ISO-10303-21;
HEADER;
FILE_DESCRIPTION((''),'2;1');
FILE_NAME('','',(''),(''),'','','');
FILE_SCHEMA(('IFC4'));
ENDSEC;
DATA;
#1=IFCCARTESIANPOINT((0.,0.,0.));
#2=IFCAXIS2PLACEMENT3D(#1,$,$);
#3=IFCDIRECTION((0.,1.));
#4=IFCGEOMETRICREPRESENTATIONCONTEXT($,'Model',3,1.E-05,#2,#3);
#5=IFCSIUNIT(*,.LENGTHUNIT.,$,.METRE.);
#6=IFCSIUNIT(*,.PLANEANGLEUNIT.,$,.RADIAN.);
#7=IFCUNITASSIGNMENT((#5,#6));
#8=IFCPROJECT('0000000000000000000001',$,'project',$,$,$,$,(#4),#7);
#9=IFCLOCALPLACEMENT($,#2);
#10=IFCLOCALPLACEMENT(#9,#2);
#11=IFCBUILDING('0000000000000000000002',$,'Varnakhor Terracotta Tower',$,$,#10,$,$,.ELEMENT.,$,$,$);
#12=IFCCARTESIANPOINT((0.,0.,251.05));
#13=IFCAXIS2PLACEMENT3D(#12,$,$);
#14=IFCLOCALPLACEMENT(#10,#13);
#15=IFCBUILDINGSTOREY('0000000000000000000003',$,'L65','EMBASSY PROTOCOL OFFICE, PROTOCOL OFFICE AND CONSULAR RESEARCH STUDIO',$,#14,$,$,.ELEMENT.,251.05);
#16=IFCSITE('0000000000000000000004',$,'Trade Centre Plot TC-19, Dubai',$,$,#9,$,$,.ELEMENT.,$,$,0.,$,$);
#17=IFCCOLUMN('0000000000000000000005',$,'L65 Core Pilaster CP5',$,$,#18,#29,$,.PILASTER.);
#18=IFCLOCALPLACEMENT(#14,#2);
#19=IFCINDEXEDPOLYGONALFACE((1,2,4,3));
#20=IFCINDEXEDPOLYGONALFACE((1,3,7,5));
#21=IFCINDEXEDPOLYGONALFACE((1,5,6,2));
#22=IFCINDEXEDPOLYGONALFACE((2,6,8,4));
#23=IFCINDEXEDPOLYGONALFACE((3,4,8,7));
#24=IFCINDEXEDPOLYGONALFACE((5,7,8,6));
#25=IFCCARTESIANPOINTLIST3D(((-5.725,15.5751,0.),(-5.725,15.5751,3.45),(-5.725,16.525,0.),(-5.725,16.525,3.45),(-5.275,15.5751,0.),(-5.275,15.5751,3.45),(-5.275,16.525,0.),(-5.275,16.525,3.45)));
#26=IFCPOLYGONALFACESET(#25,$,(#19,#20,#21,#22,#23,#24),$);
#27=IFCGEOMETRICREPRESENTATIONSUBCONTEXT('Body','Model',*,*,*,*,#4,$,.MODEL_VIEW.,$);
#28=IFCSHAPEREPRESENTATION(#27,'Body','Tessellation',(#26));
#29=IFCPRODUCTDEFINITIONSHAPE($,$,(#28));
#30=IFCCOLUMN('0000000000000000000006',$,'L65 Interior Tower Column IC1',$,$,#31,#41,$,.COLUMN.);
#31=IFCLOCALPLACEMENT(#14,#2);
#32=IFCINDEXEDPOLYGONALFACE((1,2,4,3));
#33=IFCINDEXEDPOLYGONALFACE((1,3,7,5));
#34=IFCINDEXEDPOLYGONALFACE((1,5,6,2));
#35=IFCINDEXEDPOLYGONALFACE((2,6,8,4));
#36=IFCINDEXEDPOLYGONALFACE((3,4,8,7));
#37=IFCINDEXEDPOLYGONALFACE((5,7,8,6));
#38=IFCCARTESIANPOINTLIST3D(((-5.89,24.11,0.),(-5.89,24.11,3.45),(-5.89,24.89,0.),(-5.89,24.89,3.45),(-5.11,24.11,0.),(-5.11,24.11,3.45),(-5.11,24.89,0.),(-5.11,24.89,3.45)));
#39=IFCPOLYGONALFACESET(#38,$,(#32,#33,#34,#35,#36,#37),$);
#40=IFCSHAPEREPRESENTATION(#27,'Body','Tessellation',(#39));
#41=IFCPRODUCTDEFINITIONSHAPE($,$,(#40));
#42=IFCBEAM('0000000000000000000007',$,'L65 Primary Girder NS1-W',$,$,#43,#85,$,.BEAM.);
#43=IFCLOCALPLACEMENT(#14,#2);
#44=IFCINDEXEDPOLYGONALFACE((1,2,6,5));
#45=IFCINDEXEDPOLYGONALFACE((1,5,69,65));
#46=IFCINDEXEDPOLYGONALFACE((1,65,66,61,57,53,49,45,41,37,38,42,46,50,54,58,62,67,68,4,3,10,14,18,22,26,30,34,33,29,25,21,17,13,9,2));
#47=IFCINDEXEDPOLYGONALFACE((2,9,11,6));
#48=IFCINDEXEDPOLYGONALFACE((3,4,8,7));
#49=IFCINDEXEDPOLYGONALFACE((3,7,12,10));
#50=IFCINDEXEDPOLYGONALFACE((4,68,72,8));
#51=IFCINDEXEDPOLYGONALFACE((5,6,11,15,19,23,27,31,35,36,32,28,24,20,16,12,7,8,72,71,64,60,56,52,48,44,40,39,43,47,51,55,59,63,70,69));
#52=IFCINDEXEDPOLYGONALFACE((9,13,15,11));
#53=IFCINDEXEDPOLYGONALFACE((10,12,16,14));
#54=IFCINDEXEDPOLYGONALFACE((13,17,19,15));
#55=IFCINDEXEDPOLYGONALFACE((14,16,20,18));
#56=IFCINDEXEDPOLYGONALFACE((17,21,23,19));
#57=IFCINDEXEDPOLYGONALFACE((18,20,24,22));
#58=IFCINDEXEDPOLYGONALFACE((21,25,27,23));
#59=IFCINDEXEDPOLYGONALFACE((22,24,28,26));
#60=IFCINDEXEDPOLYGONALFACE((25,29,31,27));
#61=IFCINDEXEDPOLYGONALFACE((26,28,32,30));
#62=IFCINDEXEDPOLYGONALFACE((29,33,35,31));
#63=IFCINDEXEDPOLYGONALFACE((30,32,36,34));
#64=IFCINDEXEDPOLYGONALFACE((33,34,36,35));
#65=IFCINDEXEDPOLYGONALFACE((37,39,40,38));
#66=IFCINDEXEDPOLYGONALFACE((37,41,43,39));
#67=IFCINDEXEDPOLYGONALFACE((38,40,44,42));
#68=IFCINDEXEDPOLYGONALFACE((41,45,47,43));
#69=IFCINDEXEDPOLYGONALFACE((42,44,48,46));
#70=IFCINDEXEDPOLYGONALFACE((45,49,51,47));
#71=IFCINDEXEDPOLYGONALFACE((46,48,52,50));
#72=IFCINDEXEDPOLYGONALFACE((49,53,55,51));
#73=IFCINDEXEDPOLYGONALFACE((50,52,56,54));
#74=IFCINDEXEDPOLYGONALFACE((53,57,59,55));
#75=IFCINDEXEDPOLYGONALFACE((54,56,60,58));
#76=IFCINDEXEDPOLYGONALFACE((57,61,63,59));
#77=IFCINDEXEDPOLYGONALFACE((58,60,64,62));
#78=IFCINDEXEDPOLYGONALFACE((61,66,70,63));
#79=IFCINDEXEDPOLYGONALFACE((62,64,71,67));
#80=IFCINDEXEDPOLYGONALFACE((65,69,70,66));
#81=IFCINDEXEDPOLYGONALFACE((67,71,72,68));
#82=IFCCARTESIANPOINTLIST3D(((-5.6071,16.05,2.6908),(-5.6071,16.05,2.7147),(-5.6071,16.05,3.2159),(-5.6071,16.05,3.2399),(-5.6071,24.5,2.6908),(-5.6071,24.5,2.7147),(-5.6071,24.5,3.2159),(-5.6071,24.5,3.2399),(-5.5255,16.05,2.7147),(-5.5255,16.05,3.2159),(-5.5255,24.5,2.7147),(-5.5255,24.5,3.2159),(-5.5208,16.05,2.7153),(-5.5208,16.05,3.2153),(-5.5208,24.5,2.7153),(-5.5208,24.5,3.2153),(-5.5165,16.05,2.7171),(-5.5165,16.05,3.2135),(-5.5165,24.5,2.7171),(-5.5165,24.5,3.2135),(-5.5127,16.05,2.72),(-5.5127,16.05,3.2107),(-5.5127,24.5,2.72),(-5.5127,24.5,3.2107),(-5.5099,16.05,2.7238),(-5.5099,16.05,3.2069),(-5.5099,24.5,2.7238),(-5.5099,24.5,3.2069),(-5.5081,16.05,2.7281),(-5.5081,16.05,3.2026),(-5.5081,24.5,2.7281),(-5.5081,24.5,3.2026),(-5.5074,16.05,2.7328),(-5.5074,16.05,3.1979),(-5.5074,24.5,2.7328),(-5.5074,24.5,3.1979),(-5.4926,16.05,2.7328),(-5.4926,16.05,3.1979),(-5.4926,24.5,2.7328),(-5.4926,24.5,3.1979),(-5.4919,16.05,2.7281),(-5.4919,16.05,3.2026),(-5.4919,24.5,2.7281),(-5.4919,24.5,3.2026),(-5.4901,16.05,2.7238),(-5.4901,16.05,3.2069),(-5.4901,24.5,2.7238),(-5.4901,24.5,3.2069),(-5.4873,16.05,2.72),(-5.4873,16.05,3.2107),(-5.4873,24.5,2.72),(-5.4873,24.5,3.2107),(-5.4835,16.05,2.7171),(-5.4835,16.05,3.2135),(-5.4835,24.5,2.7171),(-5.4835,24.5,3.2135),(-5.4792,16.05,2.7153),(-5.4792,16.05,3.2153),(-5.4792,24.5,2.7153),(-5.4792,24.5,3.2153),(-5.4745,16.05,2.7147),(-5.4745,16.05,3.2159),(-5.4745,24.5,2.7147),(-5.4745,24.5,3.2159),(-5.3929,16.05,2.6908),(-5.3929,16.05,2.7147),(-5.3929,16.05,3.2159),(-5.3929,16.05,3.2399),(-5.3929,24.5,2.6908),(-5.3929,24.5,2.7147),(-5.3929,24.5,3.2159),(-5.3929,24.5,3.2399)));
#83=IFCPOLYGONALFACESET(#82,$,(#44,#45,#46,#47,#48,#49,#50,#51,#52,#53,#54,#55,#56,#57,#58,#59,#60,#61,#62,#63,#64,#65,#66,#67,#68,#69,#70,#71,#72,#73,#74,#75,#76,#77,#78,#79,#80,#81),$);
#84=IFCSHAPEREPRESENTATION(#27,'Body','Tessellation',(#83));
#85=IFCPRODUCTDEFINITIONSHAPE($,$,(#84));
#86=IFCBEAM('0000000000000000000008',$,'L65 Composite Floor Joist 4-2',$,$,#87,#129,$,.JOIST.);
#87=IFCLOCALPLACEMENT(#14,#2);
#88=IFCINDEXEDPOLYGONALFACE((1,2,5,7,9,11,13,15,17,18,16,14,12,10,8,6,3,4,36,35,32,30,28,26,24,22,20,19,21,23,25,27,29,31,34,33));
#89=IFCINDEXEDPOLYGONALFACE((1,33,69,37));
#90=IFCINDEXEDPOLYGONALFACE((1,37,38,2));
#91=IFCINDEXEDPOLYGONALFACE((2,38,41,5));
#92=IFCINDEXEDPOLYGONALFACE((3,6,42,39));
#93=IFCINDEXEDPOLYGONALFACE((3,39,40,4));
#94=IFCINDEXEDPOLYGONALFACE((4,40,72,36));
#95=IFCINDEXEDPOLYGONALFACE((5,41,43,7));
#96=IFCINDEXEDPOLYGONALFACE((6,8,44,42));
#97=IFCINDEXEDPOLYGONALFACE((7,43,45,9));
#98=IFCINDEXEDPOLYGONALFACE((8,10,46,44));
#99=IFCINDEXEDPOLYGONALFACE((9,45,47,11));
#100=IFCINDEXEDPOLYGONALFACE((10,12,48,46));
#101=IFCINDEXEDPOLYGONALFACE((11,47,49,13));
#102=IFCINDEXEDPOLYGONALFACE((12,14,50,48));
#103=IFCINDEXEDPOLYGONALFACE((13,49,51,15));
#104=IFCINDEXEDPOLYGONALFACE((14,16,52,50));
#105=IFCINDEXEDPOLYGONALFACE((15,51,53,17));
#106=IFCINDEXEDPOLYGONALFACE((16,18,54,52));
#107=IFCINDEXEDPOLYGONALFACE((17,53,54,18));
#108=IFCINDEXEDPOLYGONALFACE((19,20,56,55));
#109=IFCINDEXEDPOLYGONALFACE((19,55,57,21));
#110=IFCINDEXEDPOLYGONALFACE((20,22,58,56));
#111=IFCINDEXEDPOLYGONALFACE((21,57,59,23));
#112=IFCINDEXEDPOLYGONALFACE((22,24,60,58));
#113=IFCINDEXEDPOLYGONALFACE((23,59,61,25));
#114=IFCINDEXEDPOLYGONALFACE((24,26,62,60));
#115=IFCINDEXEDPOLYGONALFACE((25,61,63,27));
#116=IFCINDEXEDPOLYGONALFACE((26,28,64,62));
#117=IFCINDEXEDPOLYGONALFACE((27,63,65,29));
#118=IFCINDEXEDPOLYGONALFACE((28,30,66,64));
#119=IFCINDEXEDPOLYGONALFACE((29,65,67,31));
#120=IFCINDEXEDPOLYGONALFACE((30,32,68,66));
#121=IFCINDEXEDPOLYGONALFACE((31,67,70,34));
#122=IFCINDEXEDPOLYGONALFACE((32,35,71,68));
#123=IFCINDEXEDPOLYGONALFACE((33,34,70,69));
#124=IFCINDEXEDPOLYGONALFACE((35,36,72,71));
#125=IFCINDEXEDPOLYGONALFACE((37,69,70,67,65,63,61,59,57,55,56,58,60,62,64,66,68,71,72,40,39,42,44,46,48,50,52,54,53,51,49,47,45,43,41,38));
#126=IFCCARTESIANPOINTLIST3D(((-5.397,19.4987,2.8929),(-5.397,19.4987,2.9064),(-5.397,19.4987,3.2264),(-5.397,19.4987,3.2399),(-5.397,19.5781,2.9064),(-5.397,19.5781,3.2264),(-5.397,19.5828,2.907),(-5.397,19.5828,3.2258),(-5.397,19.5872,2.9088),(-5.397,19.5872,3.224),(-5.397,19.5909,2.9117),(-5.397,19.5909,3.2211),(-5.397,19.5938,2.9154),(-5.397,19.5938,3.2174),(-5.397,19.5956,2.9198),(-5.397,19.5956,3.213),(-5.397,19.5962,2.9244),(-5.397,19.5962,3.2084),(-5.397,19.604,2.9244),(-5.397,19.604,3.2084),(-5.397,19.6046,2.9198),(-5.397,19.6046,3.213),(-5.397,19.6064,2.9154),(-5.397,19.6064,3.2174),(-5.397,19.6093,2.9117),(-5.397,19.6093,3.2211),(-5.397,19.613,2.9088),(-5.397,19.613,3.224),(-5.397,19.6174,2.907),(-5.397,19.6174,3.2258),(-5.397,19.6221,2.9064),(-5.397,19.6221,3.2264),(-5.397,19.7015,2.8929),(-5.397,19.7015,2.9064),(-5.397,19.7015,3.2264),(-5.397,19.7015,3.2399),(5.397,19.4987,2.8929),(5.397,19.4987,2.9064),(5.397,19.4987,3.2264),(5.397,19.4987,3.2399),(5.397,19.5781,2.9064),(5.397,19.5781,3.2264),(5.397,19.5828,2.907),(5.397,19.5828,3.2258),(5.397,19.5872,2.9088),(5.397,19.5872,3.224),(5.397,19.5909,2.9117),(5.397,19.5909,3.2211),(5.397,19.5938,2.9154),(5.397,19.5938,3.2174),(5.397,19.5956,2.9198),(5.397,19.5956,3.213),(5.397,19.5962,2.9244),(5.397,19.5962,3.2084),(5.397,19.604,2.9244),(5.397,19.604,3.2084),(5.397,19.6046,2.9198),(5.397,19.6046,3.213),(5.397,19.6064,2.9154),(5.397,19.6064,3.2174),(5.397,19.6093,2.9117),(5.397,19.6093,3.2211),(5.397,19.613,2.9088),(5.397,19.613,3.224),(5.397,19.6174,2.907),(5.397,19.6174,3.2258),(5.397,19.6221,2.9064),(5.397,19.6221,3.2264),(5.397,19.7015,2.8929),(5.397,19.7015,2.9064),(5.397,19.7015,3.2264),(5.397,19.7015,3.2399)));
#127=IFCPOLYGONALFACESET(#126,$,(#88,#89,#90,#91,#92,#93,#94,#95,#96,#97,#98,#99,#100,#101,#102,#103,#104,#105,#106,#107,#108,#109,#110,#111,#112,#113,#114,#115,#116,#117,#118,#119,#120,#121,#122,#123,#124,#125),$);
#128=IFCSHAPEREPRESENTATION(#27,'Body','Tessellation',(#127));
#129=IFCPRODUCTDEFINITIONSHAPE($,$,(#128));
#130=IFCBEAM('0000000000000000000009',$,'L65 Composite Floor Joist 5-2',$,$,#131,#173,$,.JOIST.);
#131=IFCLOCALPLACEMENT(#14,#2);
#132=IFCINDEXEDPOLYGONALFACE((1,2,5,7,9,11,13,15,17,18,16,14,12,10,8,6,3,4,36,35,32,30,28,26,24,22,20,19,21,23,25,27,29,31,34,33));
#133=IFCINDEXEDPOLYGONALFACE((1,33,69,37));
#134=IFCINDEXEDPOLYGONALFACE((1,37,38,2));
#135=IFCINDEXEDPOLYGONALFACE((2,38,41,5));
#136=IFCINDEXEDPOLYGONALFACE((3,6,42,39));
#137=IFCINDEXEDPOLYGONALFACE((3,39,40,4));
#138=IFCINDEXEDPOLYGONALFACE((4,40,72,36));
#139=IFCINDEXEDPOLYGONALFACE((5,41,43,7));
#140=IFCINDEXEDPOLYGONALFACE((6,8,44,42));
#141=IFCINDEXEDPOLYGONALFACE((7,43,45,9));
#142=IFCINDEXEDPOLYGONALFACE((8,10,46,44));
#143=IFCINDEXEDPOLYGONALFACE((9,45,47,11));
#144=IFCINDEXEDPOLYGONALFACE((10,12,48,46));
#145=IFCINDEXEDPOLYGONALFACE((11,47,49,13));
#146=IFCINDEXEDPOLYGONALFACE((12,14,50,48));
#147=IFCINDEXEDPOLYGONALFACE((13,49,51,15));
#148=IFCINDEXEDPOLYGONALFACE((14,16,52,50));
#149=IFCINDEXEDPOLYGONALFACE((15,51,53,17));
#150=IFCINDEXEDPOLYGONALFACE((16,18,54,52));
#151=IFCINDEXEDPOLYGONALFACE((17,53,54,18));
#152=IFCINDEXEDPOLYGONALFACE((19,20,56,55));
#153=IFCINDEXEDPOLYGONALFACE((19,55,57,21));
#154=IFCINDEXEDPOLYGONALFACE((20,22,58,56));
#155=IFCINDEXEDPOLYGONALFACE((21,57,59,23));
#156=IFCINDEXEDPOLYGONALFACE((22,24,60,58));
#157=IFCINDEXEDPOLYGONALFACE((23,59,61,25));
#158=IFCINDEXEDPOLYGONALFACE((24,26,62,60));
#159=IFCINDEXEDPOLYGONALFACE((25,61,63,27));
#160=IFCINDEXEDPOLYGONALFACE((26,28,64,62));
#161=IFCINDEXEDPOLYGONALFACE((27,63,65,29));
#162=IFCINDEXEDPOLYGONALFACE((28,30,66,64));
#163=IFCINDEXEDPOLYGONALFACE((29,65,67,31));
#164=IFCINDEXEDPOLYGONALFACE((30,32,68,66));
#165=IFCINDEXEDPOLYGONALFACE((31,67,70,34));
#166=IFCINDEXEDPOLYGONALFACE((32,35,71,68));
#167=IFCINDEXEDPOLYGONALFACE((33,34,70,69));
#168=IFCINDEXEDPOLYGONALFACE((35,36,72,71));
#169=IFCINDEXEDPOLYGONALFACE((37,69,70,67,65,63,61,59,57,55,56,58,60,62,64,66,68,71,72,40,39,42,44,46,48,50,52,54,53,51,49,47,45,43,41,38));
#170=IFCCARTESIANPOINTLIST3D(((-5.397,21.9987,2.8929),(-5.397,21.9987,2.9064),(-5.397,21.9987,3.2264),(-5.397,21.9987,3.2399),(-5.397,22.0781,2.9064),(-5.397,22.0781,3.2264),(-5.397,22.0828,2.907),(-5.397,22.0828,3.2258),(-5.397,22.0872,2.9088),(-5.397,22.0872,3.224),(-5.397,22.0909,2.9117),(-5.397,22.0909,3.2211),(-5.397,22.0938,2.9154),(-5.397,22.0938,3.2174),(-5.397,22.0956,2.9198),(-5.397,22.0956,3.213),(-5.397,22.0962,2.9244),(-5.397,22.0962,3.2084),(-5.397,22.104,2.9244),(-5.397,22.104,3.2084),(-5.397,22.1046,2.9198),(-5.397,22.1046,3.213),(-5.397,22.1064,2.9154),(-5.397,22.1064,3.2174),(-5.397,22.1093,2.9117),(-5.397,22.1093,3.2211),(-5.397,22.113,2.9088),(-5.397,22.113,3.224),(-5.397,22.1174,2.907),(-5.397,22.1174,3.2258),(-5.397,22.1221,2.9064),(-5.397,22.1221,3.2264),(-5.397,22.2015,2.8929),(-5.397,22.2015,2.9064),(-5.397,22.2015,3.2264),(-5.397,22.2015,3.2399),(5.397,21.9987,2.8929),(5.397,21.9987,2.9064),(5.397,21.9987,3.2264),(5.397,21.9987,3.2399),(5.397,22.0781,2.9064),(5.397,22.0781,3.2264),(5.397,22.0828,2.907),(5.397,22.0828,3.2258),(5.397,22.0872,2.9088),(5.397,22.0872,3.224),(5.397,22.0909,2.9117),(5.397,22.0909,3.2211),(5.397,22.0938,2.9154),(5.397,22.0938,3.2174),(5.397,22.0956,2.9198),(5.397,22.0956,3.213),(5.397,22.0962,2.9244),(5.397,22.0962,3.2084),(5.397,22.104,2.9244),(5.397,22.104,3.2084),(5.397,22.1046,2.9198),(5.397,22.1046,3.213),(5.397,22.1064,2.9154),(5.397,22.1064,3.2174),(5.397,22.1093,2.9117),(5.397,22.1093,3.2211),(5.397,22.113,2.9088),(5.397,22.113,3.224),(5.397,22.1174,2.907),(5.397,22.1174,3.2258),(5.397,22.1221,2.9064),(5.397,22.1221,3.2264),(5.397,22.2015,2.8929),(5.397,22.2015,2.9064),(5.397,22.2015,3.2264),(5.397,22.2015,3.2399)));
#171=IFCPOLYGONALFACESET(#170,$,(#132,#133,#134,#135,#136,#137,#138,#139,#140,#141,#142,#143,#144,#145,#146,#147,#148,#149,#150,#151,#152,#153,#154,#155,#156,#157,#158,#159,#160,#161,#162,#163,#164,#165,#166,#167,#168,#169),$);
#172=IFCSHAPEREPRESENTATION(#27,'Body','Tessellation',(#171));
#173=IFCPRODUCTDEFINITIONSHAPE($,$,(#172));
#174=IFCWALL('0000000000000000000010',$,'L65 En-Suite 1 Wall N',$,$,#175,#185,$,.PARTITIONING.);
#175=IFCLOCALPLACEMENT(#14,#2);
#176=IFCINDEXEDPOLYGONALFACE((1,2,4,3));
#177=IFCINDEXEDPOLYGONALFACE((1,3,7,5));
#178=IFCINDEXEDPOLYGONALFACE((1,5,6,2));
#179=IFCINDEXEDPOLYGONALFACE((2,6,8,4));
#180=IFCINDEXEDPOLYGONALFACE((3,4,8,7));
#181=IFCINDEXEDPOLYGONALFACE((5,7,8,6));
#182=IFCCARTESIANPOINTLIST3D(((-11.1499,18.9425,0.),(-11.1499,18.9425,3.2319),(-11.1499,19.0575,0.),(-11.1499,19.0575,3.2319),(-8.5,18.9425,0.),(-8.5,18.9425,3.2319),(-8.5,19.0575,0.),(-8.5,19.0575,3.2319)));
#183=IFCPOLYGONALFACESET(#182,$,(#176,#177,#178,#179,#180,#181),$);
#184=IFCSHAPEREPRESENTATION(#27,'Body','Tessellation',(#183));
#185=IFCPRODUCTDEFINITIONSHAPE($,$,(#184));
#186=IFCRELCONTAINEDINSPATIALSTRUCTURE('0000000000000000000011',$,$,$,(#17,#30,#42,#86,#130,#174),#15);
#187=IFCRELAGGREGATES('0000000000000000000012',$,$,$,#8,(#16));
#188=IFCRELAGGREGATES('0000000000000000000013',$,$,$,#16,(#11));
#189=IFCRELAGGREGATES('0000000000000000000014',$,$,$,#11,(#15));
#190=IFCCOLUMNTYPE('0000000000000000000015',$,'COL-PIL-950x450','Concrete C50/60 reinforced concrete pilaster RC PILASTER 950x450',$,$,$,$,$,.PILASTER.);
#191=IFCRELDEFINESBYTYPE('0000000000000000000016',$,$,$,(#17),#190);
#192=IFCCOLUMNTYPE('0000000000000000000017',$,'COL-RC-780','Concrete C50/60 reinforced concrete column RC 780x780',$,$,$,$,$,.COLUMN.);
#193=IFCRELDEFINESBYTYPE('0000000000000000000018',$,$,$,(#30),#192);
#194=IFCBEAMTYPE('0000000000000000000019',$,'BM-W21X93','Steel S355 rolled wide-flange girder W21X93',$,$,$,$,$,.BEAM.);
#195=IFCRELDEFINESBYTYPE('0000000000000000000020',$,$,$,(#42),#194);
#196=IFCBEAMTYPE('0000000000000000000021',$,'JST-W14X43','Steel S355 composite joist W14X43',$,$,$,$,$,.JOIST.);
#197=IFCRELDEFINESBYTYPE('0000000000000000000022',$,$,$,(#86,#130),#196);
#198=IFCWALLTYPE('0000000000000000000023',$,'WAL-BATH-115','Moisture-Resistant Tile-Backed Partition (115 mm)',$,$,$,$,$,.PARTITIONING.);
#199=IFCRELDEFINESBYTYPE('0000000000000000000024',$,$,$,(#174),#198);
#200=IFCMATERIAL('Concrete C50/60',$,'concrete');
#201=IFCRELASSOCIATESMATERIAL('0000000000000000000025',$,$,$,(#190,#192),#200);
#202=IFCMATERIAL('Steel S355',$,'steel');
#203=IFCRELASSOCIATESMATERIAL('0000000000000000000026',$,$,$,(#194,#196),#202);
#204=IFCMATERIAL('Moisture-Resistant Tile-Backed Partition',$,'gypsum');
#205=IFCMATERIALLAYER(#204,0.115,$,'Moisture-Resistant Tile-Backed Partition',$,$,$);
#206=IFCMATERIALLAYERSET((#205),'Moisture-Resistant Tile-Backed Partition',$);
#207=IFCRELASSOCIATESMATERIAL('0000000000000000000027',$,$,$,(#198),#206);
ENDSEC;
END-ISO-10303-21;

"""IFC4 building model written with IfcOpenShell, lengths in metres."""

from ifc_helpers import new_model, si_unit, direction, frame, frame_2d, origin, origin_2d, place, context, subcontext, project, spatial, rectangle, i_section, extrude, source, transform, mapped, material, layer, layer_set, material_profile, profile_set, type_object, type_shapes, element, save


model = new_model("IFC4")

# Units and contexts
model_context = context("Model", 3, precision=1e-05, world=origin(), true_north=direction((0.0, 1.0)))
body_context = subcontext(model_context, "Body", "Model", "MODEL_VIEW")
ifc_project = project(units=[si_unit("LENGTHUNIT", "METRE"), si_unit("PLANEANGLEUNIT", "RADIAN")], contexts=[model_context])

# Site, building, storey
site_placement = place(None, origin())
site = spatial("IfcSite", under=ifc_project, at=site_placement, Name="Trade Centre Plot TC-19, Dubai", CompositionType="ELEMENT", RefElevation=0.0)
building_placement = place(site_placement, origin())
building = spatial("IfcBuilding", under=site, at=building_placement, Name="Varnakhor Terracotta Tower", CompositionType="ELEMENT")
storey_placement = place(building_placement, frame((0.0, 0.0, 251.05)))
storey = spatial("IfcBuildingStorey", under=building, at=storey_placement, Name="L65", Description="EMBASSY PROTOCOL OFFICE, PROTOCOL OFFICE AND CONSULAR RESEARCH STUDIO", CompositionType="ELEMENT", Elevation=251.05)

# Columns
ifc_material_1 = material(Name="Concrete C50/60", Category="concrete")
ifc_material_profile_1 = material_profile(ifc_material_1, rectangle(XDim=0.45, YDim=0.95, at=origin_2d()), Name="RC PILASTER 950x450")
ifc_profile_set_1 = profile_set([ifc_material_profile_1], Name="Concrete C50/60")
column_type_1 = type_object("IfcColumnType", Name="COL-PIL-950x450", Description="Concrete C50/60 reinforced concrete pilaster RC PILASTER 950x450", PredefinedType="PILASTER", material=ifc_profile_set_1)
shared_shape_1 = source(origin(), body_context, "Body", "SweptSolid", [
    extrude(rectangle(XDim=0.45, YDim=0.95, at=origin_2d()), origin(), (0.0, 0.0, 1.0), 3.45),
])
column_1_placement = place(storey_placement, frame((-5.5, 16.05, 0.0), z_axis=(0.0, 0.0, 1.0), x_axis=(1.0, 0.0, 0.0)))
element("IfcColumn", 1, at=column_1_placement, inside=storey, type_object=column_type_1, Name="L65 Core Pilaster CP5", PredefinedType="PILASTER", context=body_context, shape_type="MappedRepresentation", body=[
    mapped(shared_shape_1, transform((0.0, 0.0, 0.0), scale=1.0)),
])
ifc_material_profile_2 = material_profile(ifc_material_1, rectangle(XDim=0.78, YDim=0.78, at=origin_2d()), Name="RC 780x780")
ifc_profile_set_2 = profile_set([ifc_material_profile_2], Name="Concrete C50/60")
column_type_2 = type_object("IfcColumnType", Name="COL-RC-780", Description="Concrete C50/60 reinforced concrete column RC 780x780", PredefinedType="COLUMN", material=ifc_profile_set_2)
shared_shape_2 = source(origin(), body_context, "Body", "SweptSolid", [
    extrude(rectangle(XDim=0.78, YDim=0.78, at=origin_2d()), origin(), (0.0, 0.0, 1.0), 3.45),
])
column_2_placement = place(storey_placement, frame((-5.5, 24.5, 0.0), z_axis=(0.0, 0.0, 1.0), x_axis=(1.0, 0.0, 0.0)))
element("IfcColumn", 2, at=column_2_placement, inside=storey, type_object=column_type_2, Name="L65 Interior Tower Column IC1", PredefinedType="COLUMN", context=body_context, shape_type="MappedRepresentation", body=[
    mapped(shared_shape_2, transform((0.0, 0.0, 0.0), scale=1.0)),
])

# Beams
ifc_material_2 = material(Name="Steel S355", Category="steel")
ifc_material_profile_3 = material_profile(ifc_material_2, i_section(OverallWidth=0.2141, OverallDepth=0.5491, WebThickness=0.0149, FlangeThickness=0.0239, FilletRadius=0.0181, at=origin_2d()), Name="W21X93")
ifc_profile_set_3 = profile_set([ifc_material_profile_3], Name="Steel S355")
beam_type_1 = type_object("IfcBeamType", Name="BM-W21X93", Description="Steel S355 rolled wide-flange girder W21X93", PredefinedType="BEAM", material=ifc_profile_set_3)
shared_shape_3 = source(origin(), body_context, "Body", "SweptSolid", [
    extrude(i_section(OverallWidth=0.2141, OverallDepth=0.5491, WebThickness=0.0149, FlangeThickness=0.0239, FilletRadius=0.0181, at=origin_2d()), origin(), (0.0, 0.0, 1.0), 8.45),
])
type_shapes(beam_type_1, [shared_shape_3])
beam_placement = place(storey_placement, frame((-5.5, 16.05, 2.9653), z_axis=(0.0, 1.0, 0.0), x_axis=(-1.0, 0.0, 0.0)))
element("IfcBeam", 3, at=beam_placement, inside=storey, type_object=beam_type_1, Name="L65 Primary Girder NS1-W", PredefinedType="BEAM", context=body_context, shape_type="MappedRepresentation", body=[
    mapped(shared_shape_3, transform((0.0, 0.0, 0.0), scale=1.0)),
])
ifc_material_profile_4 = material_profile(ifc_material_2, i_section(OverallWidth=0.2029, OverallDepth=0.3469, WebThickness=0.0078, FlangeThickness=0.0134, FilletRadius=0.0181, at=origin_2d()), Name="W14X43")
ifc_profile_set_4 = profile_set([ifc_material_profile_4], Name="Steel S355")
beam_type_2 = type_object("IfcBeamType", Name="JST-W14X43", Description="Steel S355 composite joist W14X43", PredefinedType="JOIST", material=ifc_profile_set_4)
shared_shape_4 = source(origin(), body_context, "Body", "SweptSolid", [
    extrude(i_section(OverallWidth=0.2029, OverallDepth=0.3469, WebThickness=0.0078, FlangeThickness=0.0134, FilletRadius=0.0181, at=origin_2d()), origin(), (0.0, 0.0, 1.0), 10.7939),
])
for number, where, z_axis, x_axis, name in (
    (4, (-5.397, 19.6001, 3.0664), (1.0, 0.0, 0.0), (0.0, 1.0, 0.0), "L65 Composite Floor Joist 4-2"),
    (5, (-5.397, 22.1001, 3.0664), (1.0, 0.0, 0.0), (0.0, 1.0, 0.0), "L65 Composite Floor Joist 5-2"),
):
    element("IfcBeam", number, at=place(storey_placement, frame(where, z_axis=z_axis, x_axis=x_axis)), inside=storey, type_object=beam_type_2, Name=name, PredefinedType="JOIST", context=body_context, shape_type="MappedRepresentation", body=[
        mapped(shared_shape_4, transform((0.0, 0.0, 0.0), scale=1.0)),
    ])

# Wall
ifc_material_3 = material(Name="Moisture-Resistant Tile-Backed Partition", Category="gypsum")
ifc_layer_1 = layer(ifc_material_3, 0.115, Name="Moisture-Resistant Tile-Backed Partition")
ifc_layer_set_1 = layer_set([ifc_layer_1], Name="Moisture-Resistant Tile-Backed Partition")
wall_type_1 = type_object("IfcWallType", Name="WAL-BATH-115", Description="Moisture-Resistant Tile-Backed Partition (115 mm)", PredefinedType="PARTITIONING", material=ifc_layer_set_1)
wall_1_placement = place(storey_placement, frame((-11.1499, 19.0, 0.0), z_axis=(0.0, 0.0, 1.0), x_axis=(1.0, 0.0, 0.0)))
element("IfcWall", 6, at=wall_1_placement, inside=storey, type_object=wall_type_1, Name="L65 En-Suite 1 Wall N", PredefinedType="PARTITIONING", context=body_context, shape_type="SweptSolid", body=[
    extrude(rectangle(XDim=2.6499, YDim=0.115, at=frame_2d((1.325, 0.0))), origin(), (0.0, 0.0, 1.0), 3.2319),
])

save(model, "model.ifc")
